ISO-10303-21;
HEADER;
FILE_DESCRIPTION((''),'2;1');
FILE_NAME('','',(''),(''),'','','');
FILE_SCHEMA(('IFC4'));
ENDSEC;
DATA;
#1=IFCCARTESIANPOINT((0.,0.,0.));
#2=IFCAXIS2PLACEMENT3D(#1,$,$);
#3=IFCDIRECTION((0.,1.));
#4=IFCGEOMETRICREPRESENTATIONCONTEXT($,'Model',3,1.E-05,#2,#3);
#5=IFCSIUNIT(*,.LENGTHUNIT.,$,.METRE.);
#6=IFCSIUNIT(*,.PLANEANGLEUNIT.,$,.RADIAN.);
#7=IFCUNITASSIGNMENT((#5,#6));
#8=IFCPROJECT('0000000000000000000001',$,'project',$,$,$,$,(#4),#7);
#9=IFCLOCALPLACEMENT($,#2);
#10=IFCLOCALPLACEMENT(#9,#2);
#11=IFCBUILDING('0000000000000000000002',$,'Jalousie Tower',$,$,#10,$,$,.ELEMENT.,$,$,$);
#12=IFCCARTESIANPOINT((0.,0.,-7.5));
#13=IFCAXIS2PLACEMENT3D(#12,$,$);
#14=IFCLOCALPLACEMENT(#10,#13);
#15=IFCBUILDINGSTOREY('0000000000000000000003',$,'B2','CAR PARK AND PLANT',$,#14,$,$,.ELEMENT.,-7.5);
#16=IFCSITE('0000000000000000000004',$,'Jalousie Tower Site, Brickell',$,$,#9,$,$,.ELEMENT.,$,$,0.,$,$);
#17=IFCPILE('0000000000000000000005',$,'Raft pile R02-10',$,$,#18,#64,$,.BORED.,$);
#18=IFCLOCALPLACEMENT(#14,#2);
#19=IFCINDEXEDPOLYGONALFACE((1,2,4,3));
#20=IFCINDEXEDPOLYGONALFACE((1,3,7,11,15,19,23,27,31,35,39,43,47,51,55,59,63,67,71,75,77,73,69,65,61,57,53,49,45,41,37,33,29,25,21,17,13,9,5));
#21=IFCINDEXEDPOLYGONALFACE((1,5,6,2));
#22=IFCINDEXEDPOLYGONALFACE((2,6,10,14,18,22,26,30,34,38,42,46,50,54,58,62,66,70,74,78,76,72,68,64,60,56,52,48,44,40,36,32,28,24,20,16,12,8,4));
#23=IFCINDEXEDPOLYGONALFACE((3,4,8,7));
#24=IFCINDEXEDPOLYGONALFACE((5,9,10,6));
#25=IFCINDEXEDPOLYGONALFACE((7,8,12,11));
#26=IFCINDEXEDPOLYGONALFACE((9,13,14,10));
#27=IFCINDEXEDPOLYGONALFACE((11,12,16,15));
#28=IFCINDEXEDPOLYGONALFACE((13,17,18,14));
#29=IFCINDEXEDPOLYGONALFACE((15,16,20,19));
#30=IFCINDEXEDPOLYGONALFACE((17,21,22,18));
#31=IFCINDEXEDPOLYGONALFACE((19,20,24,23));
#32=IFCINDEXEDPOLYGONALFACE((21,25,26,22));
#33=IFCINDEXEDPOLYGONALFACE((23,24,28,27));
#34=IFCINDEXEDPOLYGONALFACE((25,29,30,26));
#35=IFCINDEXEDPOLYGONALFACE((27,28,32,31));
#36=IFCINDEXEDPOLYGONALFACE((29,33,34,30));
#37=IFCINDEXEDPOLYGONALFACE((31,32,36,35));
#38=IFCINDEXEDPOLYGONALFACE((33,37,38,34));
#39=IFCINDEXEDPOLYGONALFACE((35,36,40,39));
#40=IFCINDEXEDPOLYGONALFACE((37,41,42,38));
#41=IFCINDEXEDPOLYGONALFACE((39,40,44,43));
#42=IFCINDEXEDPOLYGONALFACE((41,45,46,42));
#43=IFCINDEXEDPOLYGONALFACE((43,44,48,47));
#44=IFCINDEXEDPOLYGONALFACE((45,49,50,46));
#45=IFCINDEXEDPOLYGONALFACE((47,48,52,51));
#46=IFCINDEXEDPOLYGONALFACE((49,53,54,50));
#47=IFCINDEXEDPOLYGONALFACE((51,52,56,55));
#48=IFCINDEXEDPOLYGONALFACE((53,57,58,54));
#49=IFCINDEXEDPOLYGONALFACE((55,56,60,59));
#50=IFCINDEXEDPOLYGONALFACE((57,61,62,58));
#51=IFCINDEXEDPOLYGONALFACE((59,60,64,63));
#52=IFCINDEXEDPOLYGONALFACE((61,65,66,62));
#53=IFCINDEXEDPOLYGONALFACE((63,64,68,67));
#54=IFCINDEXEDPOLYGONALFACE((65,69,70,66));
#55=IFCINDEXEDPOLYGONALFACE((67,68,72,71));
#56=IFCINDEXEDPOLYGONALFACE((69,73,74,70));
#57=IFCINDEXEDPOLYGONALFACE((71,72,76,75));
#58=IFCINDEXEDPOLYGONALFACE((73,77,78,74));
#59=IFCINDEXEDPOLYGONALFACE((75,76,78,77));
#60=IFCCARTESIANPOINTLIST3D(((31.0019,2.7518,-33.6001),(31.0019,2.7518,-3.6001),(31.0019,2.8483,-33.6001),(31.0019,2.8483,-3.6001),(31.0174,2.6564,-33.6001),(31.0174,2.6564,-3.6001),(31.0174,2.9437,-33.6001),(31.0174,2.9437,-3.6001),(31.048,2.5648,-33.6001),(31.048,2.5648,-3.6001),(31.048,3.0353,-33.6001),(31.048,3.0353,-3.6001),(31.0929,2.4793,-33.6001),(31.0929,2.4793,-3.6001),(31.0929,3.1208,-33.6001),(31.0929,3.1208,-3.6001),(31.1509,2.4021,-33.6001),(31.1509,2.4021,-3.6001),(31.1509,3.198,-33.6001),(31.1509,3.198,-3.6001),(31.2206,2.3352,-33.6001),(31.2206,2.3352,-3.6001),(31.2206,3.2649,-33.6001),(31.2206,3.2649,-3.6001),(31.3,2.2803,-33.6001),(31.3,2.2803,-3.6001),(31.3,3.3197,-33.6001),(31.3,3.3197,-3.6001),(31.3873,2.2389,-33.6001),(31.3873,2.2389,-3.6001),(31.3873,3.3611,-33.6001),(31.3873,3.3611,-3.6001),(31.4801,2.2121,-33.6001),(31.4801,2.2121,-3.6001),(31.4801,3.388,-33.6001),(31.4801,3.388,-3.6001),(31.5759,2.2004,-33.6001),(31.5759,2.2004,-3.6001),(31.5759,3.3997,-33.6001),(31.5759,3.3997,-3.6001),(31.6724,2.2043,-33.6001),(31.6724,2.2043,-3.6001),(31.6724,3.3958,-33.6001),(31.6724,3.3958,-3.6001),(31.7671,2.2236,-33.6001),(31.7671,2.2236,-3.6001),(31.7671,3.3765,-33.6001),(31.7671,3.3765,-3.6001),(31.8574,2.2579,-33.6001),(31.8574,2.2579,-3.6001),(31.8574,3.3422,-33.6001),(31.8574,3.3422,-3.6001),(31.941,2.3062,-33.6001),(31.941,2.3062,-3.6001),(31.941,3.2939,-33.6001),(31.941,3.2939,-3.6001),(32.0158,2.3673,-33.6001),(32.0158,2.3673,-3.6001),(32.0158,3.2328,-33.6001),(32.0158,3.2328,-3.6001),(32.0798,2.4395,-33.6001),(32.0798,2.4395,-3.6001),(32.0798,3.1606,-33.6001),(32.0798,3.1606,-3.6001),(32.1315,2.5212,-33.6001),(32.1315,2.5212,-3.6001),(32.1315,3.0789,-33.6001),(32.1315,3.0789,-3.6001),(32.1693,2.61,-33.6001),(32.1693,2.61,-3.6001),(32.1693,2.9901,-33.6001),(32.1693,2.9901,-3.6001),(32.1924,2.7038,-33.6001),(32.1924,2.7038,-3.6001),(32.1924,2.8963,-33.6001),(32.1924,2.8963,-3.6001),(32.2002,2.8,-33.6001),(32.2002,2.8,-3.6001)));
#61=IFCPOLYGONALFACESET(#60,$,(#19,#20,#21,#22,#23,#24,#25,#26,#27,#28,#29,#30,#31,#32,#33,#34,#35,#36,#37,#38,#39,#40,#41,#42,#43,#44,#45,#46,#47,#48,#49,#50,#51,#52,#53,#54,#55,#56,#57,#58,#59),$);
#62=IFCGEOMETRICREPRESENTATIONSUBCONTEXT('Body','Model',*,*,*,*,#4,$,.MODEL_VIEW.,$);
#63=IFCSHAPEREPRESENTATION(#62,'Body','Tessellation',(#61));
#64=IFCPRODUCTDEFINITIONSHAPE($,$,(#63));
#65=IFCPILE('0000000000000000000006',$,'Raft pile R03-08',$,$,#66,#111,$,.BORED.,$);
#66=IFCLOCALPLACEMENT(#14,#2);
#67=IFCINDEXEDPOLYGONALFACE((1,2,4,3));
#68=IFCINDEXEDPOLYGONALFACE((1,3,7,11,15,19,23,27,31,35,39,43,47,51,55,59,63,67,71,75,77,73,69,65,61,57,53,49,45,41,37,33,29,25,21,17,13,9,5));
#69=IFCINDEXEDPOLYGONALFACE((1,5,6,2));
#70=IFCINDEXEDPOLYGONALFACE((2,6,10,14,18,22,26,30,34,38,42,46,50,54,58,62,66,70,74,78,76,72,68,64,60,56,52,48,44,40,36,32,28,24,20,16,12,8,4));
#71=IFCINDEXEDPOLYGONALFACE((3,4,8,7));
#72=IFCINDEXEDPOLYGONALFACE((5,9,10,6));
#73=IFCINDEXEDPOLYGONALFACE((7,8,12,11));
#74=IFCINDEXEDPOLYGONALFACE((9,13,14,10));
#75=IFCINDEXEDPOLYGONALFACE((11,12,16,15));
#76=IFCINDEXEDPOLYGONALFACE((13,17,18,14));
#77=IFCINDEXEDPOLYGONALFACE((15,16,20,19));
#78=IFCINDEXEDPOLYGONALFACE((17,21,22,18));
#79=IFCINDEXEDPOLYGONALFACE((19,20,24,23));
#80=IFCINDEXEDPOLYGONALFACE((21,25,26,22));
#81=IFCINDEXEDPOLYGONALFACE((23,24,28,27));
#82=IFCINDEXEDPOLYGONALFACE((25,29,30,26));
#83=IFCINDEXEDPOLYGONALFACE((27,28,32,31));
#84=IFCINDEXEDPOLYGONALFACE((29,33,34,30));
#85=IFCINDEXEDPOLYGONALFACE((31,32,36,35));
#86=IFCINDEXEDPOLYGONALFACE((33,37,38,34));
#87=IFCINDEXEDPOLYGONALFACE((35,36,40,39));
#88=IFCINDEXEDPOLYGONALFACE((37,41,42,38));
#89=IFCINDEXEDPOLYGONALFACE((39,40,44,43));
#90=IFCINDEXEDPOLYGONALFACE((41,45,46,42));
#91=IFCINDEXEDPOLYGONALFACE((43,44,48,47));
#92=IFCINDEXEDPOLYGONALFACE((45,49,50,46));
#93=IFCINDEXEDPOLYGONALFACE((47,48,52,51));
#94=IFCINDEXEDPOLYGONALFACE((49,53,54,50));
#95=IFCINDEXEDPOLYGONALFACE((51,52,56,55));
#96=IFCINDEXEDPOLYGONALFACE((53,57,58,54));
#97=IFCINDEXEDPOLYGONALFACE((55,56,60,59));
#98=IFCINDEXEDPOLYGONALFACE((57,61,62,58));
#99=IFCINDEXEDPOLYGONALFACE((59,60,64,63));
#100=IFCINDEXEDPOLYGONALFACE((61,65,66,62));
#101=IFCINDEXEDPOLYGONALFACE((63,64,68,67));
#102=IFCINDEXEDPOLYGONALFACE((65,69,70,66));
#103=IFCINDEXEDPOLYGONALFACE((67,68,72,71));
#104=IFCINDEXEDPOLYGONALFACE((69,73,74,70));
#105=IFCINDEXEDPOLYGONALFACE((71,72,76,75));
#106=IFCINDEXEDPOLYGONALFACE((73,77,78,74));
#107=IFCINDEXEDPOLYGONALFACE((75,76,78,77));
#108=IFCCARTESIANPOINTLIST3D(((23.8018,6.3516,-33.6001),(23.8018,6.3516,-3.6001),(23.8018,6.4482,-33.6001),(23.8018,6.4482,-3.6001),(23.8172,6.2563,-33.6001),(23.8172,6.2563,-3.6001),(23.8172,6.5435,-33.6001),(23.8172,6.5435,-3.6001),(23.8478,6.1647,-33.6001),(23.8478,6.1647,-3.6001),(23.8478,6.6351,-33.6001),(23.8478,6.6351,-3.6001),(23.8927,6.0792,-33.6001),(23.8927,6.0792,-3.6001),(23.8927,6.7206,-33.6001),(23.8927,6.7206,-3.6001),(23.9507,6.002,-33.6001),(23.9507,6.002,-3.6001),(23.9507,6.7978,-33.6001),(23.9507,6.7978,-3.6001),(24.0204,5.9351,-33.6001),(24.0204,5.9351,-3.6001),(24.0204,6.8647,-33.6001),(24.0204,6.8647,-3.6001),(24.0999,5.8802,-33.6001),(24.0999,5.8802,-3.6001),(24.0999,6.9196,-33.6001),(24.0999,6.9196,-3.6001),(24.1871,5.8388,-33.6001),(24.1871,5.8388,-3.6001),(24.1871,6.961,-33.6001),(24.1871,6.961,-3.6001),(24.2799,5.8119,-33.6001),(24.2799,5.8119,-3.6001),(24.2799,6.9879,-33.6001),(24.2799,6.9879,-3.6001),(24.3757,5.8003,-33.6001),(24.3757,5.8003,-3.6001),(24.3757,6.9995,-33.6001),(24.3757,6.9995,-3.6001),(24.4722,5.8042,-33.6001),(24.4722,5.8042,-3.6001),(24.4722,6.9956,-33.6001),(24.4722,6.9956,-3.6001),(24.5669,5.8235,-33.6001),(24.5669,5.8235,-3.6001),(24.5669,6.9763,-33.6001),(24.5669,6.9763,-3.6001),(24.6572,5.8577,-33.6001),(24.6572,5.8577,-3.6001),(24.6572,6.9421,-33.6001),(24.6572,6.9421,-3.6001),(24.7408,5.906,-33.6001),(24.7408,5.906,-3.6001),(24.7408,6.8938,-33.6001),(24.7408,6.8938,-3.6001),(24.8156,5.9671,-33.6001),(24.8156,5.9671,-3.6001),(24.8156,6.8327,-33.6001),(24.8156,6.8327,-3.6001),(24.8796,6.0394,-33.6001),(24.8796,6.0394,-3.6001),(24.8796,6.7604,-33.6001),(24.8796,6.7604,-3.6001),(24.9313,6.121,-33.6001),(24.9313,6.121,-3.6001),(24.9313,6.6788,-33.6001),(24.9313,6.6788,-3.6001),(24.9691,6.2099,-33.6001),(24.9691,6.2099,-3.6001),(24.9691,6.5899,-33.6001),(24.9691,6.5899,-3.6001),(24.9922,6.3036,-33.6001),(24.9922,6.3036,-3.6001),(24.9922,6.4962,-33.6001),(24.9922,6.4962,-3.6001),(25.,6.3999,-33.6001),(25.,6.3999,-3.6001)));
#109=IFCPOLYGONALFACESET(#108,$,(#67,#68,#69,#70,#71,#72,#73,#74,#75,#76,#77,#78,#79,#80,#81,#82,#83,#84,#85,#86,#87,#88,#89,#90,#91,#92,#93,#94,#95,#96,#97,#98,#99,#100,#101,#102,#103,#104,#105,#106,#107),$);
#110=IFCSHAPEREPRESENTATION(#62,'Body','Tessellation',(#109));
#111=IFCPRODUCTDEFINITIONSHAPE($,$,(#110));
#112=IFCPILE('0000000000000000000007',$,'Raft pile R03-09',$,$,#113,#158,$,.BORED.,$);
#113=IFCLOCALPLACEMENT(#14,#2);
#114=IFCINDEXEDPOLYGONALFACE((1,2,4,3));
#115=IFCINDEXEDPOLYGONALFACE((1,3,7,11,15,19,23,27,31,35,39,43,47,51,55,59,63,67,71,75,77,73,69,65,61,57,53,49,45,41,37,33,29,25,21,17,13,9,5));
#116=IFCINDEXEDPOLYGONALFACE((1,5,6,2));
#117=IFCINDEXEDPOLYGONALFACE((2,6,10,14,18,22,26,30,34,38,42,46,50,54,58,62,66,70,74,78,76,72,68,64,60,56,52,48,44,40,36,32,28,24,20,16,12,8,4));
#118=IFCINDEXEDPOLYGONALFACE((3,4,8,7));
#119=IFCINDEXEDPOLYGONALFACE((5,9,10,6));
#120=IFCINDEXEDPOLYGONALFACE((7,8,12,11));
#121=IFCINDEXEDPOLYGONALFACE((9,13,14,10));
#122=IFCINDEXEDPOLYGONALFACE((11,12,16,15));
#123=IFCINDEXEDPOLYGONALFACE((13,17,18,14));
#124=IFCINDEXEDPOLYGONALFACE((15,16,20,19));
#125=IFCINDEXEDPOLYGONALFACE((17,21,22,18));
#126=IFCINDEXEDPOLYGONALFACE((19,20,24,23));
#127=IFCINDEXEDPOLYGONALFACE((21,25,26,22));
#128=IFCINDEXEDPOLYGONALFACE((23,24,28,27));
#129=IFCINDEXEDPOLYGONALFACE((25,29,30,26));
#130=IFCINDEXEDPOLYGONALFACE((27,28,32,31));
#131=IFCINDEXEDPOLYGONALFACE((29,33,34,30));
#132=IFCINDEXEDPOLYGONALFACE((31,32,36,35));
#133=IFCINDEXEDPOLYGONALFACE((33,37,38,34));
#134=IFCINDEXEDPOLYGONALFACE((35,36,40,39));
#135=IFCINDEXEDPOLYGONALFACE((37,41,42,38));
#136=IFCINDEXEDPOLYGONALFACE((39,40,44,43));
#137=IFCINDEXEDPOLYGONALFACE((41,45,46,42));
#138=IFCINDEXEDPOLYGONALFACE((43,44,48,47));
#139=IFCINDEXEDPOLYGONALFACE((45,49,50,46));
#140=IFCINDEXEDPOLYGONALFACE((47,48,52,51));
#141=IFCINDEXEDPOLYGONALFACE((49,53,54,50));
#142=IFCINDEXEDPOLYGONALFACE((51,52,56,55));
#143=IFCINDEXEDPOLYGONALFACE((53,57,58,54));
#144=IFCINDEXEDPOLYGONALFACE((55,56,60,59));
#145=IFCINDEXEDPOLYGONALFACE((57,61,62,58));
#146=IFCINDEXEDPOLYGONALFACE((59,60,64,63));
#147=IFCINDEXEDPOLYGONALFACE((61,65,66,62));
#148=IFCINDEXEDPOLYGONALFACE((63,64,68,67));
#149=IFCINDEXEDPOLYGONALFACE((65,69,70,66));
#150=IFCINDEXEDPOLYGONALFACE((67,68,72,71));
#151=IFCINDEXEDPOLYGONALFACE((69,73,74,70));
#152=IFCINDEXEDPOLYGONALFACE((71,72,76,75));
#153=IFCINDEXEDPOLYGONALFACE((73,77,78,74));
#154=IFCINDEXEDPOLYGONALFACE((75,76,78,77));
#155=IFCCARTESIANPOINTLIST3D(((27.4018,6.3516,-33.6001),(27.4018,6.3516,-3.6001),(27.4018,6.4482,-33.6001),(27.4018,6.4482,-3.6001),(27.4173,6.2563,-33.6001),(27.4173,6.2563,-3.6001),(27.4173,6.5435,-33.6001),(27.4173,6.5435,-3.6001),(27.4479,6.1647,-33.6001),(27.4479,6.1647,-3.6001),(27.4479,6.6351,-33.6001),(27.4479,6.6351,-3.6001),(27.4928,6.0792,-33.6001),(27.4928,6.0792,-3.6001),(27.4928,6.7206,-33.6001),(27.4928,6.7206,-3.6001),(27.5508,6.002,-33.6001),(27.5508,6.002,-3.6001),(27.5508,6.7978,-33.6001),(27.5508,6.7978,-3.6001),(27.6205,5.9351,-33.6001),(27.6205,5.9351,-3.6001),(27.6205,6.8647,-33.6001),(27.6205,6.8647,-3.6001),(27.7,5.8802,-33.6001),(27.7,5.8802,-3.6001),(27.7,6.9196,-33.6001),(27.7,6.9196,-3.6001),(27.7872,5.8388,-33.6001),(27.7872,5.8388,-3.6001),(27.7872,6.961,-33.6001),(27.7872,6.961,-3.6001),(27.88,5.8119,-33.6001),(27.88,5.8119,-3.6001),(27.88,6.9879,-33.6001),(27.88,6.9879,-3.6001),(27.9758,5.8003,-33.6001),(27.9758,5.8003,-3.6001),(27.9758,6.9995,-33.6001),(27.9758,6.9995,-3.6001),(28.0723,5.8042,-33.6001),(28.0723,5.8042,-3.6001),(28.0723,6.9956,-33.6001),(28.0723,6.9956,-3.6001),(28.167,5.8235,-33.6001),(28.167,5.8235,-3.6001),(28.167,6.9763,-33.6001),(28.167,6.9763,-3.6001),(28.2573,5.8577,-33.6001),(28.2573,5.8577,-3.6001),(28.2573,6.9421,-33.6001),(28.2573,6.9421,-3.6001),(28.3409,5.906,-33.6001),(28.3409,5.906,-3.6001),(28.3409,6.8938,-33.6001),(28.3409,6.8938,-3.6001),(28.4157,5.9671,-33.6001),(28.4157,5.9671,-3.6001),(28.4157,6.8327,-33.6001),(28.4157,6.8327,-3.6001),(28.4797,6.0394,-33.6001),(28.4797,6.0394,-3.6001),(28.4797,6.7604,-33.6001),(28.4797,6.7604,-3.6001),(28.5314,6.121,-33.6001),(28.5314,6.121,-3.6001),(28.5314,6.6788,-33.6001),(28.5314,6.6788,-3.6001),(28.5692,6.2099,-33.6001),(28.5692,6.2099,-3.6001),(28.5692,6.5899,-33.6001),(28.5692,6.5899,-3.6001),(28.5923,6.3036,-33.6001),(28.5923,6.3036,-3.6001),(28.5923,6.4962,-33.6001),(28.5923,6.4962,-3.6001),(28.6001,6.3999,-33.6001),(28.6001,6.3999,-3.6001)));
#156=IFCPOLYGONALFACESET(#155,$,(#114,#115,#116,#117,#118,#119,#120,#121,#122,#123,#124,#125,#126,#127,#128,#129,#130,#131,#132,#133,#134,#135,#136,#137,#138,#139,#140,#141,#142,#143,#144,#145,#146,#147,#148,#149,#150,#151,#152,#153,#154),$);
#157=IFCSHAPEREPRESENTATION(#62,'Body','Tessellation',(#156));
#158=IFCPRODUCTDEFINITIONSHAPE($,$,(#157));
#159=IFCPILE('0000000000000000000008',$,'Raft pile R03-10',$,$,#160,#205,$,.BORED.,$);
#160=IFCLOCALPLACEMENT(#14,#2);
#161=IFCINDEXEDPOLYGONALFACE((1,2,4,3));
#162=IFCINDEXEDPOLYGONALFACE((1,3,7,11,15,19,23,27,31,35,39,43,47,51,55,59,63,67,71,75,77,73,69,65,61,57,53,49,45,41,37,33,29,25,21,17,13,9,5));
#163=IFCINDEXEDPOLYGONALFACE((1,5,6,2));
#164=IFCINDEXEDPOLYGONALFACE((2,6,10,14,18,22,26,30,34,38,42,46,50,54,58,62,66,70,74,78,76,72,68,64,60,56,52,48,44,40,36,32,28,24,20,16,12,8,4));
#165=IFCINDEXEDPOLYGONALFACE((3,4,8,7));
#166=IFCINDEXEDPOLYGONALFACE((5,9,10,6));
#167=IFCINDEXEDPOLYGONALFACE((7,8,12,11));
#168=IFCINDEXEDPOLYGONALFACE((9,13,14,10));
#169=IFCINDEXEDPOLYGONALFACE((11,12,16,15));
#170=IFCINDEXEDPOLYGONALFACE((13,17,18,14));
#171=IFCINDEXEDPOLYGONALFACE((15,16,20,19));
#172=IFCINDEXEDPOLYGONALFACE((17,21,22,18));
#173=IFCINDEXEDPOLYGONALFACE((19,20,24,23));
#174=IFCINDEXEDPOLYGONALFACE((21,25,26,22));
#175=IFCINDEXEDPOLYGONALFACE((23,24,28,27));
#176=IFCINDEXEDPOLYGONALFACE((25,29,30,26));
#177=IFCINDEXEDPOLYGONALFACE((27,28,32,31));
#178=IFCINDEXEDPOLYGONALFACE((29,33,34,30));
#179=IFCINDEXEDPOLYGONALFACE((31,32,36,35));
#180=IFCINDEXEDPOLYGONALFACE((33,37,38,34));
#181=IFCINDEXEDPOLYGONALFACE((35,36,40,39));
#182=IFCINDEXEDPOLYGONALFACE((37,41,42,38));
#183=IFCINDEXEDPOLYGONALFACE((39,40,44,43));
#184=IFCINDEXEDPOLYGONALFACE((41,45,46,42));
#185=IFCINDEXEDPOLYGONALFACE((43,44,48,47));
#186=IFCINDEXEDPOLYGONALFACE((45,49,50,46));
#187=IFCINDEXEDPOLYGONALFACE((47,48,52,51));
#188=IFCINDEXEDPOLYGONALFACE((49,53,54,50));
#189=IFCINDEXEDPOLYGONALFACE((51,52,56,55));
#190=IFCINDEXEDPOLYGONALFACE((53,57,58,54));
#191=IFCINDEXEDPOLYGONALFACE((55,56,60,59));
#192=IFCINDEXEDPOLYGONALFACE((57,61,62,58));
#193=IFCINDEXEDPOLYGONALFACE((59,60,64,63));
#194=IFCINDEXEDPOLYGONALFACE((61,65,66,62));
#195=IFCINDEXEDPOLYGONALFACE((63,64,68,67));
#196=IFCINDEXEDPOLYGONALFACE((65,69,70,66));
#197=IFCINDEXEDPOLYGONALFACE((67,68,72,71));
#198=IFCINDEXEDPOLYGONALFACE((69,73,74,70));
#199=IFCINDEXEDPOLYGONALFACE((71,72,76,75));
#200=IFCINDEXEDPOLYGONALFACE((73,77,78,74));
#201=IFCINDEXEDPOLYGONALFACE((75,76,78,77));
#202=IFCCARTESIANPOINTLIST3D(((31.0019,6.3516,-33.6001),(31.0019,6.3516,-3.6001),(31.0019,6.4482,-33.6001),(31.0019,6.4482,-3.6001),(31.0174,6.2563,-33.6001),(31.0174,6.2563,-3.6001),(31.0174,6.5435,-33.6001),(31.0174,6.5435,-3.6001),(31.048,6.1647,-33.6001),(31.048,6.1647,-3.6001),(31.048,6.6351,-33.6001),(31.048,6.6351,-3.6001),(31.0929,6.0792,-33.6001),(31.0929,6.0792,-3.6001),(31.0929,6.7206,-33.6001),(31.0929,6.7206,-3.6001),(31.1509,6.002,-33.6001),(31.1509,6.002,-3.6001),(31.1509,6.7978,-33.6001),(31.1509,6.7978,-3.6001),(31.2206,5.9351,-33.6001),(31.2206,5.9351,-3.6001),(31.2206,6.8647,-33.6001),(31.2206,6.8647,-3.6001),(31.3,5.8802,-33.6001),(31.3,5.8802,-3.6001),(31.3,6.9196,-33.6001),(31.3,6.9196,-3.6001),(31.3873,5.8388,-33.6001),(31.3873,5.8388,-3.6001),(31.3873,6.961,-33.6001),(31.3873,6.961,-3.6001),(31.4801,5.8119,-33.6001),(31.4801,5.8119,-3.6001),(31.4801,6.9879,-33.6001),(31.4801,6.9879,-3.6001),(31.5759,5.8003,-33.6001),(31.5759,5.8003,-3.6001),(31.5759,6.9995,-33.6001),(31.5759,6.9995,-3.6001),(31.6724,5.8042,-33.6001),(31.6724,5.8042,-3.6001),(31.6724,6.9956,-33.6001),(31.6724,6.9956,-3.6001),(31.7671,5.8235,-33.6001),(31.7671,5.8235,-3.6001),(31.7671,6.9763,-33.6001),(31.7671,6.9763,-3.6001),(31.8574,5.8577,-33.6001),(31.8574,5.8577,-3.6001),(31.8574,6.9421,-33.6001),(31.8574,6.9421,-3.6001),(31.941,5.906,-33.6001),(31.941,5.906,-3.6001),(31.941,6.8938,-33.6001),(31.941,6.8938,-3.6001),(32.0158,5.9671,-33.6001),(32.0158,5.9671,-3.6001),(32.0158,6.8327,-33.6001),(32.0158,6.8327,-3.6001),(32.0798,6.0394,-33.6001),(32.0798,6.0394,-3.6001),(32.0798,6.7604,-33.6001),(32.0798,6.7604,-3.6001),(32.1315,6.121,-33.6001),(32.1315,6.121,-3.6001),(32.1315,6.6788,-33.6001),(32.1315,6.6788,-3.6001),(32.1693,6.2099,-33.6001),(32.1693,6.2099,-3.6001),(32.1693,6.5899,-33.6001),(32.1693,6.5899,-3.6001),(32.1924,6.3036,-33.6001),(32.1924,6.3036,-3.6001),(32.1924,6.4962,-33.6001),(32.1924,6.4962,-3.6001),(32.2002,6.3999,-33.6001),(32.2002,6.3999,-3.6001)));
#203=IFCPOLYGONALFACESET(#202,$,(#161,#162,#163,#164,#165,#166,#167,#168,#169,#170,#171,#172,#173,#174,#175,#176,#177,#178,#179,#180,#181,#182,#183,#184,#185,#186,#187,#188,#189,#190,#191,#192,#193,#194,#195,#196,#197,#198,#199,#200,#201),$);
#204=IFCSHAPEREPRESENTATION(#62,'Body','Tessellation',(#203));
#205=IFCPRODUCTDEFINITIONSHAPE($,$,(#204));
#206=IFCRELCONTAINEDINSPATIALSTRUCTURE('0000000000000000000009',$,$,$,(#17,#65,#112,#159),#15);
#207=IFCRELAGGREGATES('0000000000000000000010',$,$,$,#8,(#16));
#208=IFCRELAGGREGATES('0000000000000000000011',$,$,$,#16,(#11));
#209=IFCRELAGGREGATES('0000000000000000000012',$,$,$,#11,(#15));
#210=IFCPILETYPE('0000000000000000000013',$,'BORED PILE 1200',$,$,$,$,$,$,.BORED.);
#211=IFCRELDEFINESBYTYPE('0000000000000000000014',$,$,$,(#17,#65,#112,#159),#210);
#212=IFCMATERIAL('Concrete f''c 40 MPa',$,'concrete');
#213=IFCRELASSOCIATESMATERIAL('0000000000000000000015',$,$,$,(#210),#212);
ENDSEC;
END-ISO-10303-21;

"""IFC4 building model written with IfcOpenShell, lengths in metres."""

from ifc_helpers import new_model, si_unit, direction, frame, origin, origin_2d, place, context, subcontext, project, spatial, circle, extrude, material, material_profile, profile_set, type_object, element, save


model = new_model("IFC4")

# Units and contexts
model_context = context("Model", 3, precision=1e-05, world=origin(), true_north=direction((0.0, 1.0)))
body_context = subcontext(model_context, "Body", "Model", "MODEL_VIEW")
ifc_project = project(units=[si_unit("LENGTHUNIT", "METRE"), si_unit("PLANEANGLEUNIT", "RADIAN")], contexts=[model_context])

# Site, building, storey
site_placement = place(None, origin())
site = spatial("IfcSite", under=ifc_project, at=site_placement, Name="Jalousie Tower Site, Brickell", CompositionType="ELEMENT", RefElevation=0.0)
building_placement = place(site_placement, origin())
building = spatial("IfcBuilding", under=site, at=building_placement, Name="Jalousie Tower", CompositionType="ELEMENT")
storey_placement = place(building_placement, frame((0.0, 0.0, -7.5)))
storey = spatial("IfcBuildingStorey", under=building, at=storey_placement, Name="B2", Description="CAR PARK AND PLANT", CompositionType="ELEMENT", Elevation=-7.5)

# Piles
ifc_material_1 = material(Name="Concrete f'c 40 MPa", Category="concrete")
ifc_material_profile_1 = material_profile(ifc_material_1, circle(Radius=0.6001, at=origin_2d()), Name="BORED PILE D1200")
ifc_profile_set_1 = profile_set([ifc_material_profile_1], Name="Concrete f'c 40 MPa")
pile_type_1 = type_object("IfcPileType", Name="BORED PILE 1200", PredefinedType="BORED", material=ifc_profile_set_1)
for number, where, z_axis, x_axis, name in (
    (1, (31.6001, 2.8, -3.6001), (0.0, 0.0, -1.0), (1.0, 0.0, 0.0), "Raft pile R02-10"),
    (2, (24.3999, 6.3999, -3.6001), (0.0, 0.0, -1.0), (1.0, 0.0, 0.0), "Raft pile R03-08"),
    (3, (28.0, 6.3999, -3.6001), (0.0, 0.0, -1.0), (1.0, 0.0, 0.0), "Raft pile R03-09"),
    (4, (31.6001, 6.3999, -3.6001), (0.0, 0.0, -1.0), (1.0, 0.0, 0.0), "Raft pile R03-10"),
):
    element("IfcPile", number, at=place(storey_placement, frame(where, z_axis=z_axis, x_axis=x_axis)), inside=storey, type_object=pile_type_1, Name=name, PredefinedType="BORED", context=body_context, shape_type="SweptSolid", body=[
        extrude(circle(Radius=0.6001, at=origin_2d()), origin(), (0.0, 0.0, 1.0), 30.0),
    ])

save(model, "model.ifc")
